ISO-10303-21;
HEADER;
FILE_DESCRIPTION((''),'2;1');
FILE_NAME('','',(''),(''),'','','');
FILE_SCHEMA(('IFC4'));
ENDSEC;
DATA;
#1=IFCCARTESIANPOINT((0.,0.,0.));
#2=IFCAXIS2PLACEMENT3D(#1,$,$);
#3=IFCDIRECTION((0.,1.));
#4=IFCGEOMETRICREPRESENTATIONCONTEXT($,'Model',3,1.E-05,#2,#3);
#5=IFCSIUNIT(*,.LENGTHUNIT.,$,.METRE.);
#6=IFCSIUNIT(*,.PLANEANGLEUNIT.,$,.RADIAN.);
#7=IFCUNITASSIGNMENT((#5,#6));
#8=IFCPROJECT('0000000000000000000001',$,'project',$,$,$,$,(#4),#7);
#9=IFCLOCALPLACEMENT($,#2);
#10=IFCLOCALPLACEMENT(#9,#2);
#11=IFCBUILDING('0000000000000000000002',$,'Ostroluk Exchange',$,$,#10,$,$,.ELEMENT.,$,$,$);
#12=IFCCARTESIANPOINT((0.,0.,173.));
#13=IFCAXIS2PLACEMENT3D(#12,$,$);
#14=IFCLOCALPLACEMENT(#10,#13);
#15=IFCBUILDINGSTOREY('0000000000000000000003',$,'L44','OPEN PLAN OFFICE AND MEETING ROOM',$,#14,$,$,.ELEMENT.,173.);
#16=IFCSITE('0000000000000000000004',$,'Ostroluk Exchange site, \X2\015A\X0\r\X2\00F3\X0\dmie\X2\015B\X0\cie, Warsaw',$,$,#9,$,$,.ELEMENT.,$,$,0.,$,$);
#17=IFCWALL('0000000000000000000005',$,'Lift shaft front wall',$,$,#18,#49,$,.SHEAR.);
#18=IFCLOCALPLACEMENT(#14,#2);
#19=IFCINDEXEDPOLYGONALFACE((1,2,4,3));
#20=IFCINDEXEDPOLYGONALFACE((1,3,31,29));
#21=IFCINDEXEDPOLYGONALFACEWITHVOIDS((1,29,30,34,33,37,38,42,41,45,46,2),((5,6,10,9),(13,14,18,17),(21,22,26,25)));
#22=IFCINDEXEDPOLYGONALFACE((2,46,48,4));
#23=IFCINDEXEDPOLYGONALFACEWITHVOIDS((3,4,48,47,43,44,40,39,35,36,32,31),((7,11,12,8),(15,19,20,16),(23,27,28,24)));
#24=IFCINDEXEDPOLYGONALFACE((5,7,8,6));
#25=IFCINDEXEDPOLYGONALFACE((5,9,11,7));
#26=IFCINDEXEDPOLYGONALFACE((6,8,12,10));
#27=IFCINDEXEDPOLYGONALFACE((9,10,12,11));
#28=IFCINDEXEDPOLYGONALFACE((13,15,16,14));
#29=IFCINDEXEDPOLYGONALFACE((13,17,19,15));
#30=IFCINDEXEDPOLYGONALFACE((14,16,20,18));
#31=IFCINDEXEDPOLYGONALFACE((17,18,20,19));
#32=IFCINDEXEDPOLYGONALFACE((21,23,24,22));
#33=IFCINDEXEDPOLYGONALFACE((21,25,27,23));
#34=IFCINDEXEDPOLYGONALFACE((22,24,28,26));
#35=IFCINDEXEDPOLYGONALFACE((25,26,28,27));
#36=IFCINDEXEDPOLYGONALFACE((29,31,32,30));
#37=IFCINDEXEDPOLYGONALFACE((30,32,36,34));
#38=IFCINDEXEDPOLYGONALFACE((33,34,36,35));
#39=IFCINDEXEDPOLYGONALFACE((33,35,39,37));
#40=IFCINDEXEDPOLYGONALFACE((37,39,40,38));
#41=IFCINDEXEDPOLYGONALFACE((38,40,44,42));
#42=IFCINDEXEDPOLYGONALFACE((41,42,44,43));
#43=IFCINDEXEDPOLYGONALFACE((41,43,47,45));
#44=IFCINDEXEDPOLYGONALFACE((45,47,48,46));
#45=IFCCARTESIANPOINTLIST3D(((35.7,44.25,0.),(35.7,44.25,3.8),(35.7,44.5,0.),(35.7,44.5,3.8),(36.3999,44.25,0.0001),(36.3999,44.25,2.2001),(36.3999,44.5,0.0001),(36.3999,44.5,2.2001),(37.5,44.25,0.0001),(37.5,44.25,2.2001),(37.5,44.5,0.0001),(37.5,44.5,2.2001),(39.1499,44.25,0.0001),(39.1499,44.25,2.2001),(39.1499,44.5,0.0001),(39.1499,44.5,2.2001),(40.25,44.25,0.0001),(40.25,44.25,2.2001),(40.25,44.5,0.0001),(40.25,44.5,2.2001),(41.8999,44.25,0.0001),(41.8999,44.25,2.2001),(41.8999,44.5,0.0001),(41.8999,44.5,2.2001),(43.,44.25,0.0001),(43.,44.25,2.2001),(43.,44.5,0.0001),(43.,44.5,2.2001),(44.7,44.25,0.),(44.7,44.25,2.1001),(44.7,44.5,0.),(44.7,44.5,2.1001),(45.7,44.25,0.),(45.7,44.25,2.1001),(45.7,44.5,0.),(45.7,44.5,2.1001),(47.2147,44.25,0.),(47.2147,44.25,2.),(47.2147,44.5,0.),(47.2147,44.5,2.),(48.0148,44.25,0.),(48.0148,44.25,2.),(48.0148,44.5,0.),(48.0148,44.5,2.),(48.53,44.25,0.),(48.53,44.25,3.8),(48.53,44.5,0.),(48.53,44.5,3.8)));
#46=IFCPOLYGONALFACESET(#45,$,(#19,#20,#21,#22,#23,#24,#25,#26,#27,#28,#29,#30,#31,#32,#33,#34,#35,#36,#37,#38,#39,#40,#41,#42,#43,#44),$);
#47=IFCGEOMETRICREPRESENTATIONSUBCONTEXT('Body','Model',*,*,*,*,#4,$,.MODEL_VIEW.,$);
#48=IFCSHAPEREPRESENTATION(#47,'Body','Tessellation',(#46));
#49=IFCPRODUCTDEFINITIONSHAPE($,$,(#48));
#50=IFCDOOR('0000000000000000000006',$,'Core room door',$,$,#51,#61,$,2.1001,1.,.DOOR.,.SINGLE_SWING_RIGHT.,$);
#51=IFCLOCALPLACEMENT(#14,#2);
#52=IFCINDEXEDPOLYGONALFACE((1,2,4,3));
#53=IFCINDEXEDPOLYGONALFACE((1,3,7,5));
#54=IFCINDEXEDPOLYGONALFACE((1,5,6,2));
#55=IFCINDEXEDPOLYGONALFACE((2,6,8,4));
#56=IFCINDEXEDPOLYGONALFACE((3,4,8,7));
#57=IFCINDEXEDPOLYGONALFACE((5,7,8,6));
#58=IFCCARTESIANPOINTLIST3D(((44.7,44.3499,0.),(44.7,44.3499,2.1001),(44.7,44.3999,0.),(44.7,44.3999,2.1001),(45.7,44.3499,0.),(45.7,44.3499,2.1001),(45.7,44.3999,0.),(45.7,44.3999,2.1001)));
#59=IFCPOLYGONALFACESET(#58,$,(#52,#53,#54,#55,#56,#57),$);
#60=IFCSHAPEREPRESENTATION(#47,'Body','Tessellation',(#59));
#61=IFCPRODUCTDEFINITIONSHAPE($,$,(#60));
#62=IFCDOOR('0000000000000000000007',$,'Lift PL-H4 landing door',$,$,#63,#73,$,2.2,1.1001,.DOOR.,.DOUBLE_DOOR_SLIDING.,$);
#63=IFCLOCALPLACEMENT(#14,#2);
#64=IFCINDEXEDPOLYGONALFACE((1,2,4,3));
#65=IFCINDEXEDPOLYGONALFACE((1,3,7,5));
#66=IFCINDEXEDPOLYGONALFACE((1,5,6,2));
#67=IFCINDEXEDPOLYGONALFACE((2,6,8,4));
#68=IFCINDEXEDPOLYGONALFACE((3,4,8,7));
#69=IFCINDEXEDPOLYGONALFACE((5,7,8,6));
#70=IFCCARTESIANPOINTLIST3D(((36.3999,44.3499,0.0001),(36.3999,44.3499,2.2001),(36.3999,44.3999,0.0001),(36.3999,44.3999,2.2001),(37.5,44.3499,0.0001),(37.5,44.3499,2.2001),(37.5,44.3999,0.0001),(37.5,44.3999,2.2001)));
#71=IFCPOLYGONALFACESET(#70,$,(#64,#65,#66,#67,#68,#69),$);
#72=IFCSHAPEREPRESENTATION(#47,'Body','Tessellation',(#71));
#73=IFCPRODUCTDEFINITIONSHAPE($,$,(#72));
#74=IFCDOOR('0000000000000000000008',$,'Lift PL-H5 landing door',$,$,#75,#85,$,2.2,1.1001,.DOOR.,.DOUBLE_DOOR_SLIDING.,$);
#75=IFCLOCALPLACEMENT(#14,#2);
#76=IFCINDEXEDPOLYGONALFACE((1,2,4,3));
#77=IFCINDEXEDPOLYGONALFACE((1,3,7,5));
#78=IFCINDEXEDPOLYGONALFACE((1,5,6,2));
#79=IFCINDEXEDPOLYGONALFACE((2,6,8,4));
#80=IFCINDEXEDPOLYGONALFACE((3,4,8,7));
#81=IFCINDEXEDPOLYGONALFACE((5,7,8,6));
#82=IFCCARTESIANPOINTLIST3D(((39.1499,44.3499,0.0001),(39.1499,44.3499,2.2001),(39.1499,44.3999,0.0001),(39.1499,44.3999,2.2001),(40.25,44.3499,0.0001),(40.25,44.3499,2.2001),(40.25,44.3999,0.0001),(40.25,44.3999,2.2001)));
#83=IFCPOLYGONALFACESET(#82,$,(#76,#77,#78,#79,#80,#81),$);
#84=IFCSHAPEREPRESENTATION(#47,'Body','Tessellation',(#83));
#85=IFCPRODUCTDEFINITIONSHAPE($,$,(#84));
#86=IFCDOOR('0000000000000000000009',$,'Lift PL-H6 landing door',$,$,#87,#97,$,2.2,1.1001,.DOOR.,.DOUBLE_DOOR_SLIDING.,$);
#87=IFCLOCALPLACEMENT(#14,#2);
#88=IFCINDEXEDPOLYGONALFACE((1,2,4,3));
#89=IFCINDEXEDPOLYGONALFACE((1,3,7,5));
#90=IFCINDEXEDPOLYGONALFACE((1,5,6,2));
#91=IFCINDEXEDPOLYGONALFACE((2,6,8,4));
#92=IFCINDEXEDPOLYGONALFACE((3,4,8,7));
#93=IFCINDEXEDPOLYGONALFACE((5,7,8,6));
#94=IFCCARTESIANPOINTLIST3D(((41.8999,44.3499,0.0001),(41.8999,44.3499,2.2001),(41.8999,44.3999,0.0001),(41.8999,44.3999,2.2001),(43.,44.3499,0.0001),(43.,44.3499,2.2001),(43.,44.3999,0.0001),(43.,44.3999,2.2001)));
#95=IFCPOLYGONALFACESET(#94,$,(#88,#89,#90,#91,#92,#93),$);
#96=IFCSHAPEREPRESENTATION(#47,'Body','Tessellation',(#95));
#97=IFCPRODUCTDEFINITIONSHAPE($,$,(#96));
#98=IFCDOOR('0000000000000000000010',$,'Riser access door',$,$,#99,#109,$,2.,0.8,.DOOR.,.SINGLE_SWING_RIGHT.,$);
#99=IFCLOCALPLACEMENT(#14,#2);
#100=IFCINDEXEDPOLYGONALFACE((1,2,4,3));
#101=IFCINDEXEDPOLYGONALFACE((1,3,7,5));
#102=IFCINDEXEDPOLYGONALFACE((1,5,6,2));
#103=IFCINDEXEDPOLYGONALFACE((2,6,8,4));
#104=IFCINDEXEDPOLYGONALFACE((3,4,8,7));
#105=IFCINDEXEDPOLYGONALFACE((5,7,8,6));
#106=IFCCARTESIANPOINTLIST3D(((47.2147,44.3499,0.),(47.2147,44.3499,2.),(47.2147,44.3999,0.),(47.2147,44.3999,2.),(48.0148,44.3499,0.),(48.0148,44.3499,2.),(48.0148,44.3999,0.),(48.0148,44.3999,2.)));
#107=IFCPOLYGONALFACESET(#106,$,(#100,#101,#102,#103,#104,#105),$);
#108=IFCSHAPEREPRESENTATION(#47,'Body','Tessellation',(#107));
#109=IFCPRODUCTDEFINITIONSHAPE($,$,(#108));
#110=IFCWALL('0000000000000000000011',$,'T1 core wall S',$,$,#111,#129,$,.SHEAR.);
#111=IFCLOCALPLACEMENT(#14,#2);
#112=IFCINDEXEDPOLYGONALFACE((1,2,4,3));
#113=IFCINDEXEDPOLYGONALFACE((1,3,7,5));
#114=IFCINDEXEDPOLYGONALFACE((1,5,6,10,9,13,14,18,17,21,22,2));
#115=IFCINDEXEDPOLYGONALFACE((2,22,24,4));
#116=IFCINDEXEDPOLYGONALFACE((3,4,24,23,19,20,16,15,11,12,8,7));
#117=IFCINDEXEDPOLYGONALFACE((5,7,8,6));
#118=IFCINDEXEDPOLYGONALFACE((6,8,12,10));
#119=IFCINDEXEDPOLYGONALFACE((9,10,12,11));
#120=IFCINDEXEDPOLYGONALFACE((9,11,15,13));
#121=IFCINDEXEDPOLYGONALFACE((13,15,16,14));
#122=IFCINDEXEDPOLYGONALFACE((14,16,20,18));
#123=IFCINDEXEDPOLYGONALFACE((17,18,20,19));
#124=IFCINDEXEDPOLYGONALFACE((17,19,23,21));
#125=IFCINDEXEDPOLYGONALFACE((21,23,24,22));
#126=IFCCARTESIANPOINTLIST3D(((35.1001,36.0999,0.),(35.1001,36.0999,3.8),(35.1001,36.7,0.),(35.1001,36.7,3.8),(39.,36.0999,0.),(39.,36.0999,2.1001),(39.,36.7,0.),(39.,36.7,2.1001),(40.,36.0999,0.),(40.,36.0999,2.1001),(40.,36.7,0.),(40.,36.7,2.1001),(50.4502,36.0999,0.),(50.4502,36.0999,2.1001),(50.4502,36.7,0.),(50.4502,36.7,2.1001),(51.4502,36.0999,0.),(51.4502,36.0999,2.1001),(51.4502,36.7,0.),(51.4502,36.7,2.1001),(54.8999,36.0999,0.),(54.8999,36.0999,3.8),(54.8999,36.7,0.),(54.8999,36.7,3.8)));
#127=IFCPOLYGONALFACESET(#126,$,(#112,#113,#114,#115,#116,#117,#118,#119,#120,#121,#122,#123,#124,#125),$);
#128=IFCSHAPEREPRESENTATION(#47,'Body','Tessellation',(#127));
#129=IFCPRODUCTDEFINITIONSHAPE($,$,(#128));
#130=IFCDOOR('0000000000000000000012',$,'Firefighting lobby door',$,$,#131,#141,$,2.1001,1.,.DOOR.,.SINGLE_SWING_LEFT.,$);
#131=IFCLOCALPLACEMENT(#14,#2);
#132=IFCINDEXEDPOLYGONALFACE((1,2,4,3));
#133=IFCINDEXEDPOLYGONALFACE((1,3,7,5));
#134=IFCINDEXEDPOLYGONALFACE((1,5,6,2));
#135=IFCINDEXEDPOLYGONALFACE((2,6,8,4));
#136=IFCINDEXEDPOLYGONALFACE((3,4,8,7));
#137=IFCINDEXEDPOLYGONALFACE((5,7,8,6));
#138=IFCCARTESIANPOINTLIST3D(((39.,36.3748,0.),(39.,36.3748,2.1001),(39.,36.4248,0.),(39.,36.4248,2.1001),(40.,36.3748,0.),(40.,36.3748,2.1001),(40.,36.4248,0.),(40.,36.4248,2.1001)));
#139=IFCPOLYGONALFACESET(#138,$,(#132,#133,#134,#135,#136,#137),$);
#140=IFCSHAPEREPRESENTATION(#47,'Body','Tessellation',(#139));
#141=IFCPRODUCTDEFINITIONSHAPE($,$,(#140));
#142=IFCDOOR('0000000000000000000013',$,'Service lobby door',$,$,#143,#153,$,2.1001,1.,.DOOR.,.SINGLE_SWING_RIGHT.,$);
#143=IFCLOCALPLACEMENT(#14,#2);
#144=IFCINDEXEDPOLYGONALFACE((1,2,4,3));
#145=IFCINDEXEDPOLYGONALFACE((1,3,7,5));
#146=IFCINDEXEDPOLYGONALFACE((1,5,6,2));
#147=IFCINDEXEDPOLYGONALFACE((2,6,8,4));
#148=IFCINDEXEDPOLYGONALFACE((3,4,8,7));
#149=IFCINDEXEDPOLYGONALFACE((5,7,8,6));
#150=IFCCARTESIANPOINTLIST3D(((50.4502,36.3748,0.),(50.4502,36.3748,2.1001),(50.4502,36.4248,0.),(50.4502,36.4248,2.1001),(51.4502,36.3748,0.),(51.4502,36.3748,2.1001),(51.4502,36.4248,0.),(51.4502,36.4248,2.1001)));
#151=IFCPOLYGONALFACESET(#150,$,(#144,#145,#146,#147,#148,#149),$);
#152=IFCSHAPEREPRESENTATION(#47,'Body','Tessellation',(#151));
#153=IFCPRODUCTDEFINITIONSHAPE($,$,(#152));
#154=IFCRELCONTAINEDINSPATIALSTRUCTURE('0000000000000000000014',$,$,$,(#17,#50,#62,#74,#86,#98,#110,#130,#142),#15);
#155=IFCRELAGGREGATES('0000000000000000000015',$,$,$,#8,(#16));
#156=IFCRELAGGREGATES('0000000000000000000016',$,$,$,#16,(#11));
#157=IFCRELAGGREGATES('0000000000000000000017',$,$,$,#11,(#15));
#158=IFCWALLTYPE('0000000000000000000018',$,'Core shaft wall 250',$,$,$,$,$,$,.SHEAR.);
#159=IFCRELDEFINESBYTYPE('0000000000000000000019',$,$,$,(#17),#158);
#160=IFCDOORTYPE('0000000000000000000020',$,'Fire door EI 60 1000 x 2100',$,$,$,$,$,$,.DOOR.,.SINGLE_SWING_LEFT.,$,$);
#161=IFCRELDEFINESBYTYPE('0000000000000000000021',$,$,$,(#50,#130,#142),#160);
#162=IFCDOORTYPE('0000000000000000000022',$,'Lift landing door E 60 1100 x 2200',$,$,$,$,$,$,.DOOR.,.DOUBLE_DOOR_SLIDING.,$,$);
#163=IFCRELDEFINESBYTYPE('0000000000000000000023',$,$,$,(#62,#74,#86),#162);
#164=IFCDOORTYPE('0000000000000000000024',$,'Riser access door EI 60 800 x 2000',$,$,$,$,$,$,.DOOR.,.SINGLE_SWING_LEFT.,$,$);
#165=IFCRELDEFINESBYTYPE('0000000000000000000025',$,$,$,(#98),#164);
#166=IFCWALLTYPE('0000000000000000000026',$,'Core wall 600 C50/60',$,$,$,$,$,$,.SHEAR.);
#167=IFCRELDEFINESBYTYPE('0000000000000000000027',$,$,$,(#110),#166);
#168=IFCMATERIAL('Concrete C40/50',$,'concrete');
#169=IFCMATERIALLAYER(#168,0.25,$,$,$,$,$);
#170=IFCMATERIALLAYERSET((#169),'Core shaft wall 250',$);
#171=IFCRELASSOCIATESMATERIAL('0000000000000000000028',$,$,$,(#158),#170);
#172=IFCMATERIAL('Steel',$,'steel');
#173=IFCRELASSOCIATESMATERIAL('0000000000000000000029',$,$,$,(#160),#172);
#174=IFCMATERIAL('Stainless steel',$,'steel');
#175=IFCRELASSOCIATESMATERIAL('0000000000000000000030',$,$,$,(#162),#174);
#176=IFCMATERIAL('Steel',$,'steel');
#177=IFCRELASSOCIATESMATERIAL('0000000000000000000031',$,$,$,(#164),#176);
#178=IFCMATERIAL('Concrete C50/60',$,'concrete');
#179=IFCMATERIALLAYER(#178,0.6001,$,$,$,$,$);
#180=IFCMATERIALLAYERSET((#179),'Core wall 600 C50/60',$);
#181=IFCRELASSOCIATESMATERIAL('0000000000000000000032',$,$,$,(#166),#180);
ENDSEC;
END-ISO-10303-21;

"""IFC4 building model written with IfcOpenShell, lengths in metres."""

from ifc_helpers import new_model, si_unit, direction, frame, frame_2d, origin, place, context, subcontext, project, spatial, rectangle, extrude, material, layer, layer_set, type_object, element, fill, save


model = new_model("IFC4")

# Units and contexts
model_context = context("Model", 3, precision=1e-05, world=origin(), true_north=direction((0.0, 1.0)))
body_context = subcontext(model_context, "Body", "Model", "MODEL_VIEW")
ifc_project = project(units=[si_unit("LENGTHUNIT", "METRE"), si_unit("PLANEANGLEUNIT", "RADIAN")], contexts=[model_context])

# Site, building, storey
site_placement = place(None, origin())
site = spatial("IfcSite", under=ifc_project, at=site_placement, Name="Ostroluk Exchange site, Śródmieście, Warsaw", CompositionType="ELEMENT", RefElevation=0.0)
building_placement = place(site_placement, origin())
building = spatial("IfcBuilding", under=site, at=building_placement, Name="Ostroluk Exchange", CompositionType="ELEMENT")
storey_placement = place(building_placement, frame((0.0, 0.0, 173.0)))
storey = spatial("IfcBuildingStorey", under=building, at=storey_placement, Name="L44", Description="OPEN PLAN OFFICE AND MEETING ROOM", CompositionType="ELEMENT", Elevation=173.0)

# Shared definitions
ifc_material_1 = material(Name="Concrete C40/50", Category="concrete")
ifc_layer_1 = layer(ifc_material_1, 0.25)
ifc_layer_set_1 = layer_set([ifc_layer_1], Name="Core shaft wall 250")
wall_type_1 = type_object("IfcWallType", Name="Core shaft wall 250", PredefinedType="SHEAR", material=ifc_layer_set_1)

# Walls, openings, doors
wall_1_placement = place(storey_placement, frame((35.7, 44.375, 0.0), z_axis=(0.0, 0.0, 1.0), x_axis=(1.0, 0.0, 0.0)))
wall_1 = element("IfcWall", 1, at=wall_1_placement, inside=storey, type_object=wall_type_1, Name="Lift shaft front wall", PredefinedType="SHEAR", context=body_context, shape_type="SweptSolid", body=[
    extrude(rectangle(XDim=12.8301, YDim=0.25, at=frame_2d((6.415, 0.0))), origin(), (0.0, 0.0, 1.0), 3.8),
])
opening_1_placement = place(wall_1_placement, frame((0.7, 0.0, 0.0)))
opening_1 = element("IfcOpeningElement", 2, at=opening_1_placement, cuts=wall_1, PredefinedType="OPENING", context=body_context, shape_type="SweptSolid", body=[
    extrude(rectangle(XDim=1.1001, YDim=2.2, at=frame_2d((0.55, 1.1001))), frame((0.0, 0.135, 0.0), z_axis=(0.0, -1.0, 0.0), x_axis=(1.0, 0.0, 0.0)), (0.0, 0.0, 1.0), 0.27),
])
opening_2_placement = place(wall_1_placement, frame((3.45, 0.0, 0.0)))
opening_2 = element("IfcOpeningElement", 3, at=opening_2_placement, cuts=wall_1, PredefinedType="OPENING", context=body_context, shape_type="SweptSolid", body=[
    extrude(rectangle(XDim=1.1001, YDim=2.2, at=frame_2d((0.55, 1.1001))), frame((0.0, 0.135, 0.0), z_axis=(0.0, -1.0, 0.0), x_axis=(1.0, 0.0, 0.0)), (0.0, 0.0, 1.0), 0.27),
])
opening_3_placement = place(wall_1_placement, frame((6.2, 0.0, 0.0)))
opening_3 = element("IfcOpeningElement", 4, at=opening_3_placement, cuts=wall_1, PredefinedType="OPENING", context=body_context, shape_type="SweptSolid", body=[
    extrude(rectangle(XDim=1.1001, YDim=2.2, at=frame_2d((0.55, 1.1001))), frame((0.0, 0.135, 0.0), z_axis=(0.0, -1.0, 0.0), x_axis=(1.0, 0.0, 0.0)), (0.0, 0.0, 1.0), 0.27),
])
opening_4_placement = place(wall_1_placement, frame((9.0, 0.0, 0.0)))
opening_4 = element("IfcOpeningElement", 5, at=opening_4_placement, cuts=wall_1, PredefinedType="OPENING", context=body_context, shape_type="SweptSolid", body=[
    extrude(rectangle(XDim=1.0, YDim=2.1001, at=frame_2d((0.5, 1.05))), frame((0.0, 0.135, 0.0), z_axis=(0.0, -1.0, 0.0), x_axis=(1.0, 0.0, 0.0)), (0.0, 0.0, 1.0), 0.27),
])
opening_5_placement = place(wall_1_placement, frame((11.5149, 0.0, 0.0)))
opening_5 = element("IfcOpeningElement", 6, at=opening_5_placement, cuts=wall_1, PredefinedType="OPENING", context=body_context, shape_type="SweptSolid", body=[
    extrude(rectangle(XDim=0.8, YDim=2.0, at=frame_2d((0.3999, 1.0))), frame((0.0, 0.135, 0.0), z_axis=(0.0, -1.0, 0.0), x_axis=(1.0, 0.0, 0.0)), (0.0, 0.0, 1.0), 0.27),
])
ifc_material_2 = material(Name="Steel", Category="steel")
door_type_1 = type_object("IfcDoorType", Name="Fire door EI 60 1000 x 2100", OperationType="SINGLE_SWING_LEFT", PredefinedType="DOOR", material=ifc_material_2)
door_1_placement = place(opening_4_placement, origin())
door_1 = element("IfcDoor", 7, at=door_1_placement, inside=storey, type_object=door_type_1, Name="Core room door", OperationType="SINGLE_SWING_RIGHT", OverallHeight=2.1001, OverallWidth=1.0, PredefinedType="DOOR", context=body_context, shape_type="SweptSolid", body=[
    extrude(rectangle(XDim=1.0, YDim=2.1001, at=frame_2d((0.5, 1.05))), frame((0.0, 0.0249, 0.0), z_axis=(0.0, -1.0, 0.0), x_axis=(1.0, 0.0, 0.0)), (0.0, 0.0, 1.0), 0.05),
])
fill(opening_4, door_1)
ifc_material_3 = material(Name="Stainless steel", Category="steel")
door_type_2 = type_object("IfcDoorType", Name="Lift landing door E 60 1100 x 2200", OperationType="DOUBLE_DOOR_SLIDING", PredefinedType="DOOR", material=ifc_material_3)
door_2_placement = place(opening_1_placement, origin())
door_2 = element("IfcDoor", 8, at=door_2_placement, inside=storey, type_object=door_type_2, Name="Lift PL-H4 landing door", OperationType="DOUBLE_DOOR_SLIDING", OverallHeight=2.2, OverallWidth=1.1001, PredefinedType="DOOR", context=body_context, shape_type="SweptSolid", body=[
    extrude(rectangle(XDim=1.1001, YDim=2.2, at=frame_2d((0.55, 1.1001))), frame((0.0, 0.0249, 0.0), z_axis=(0.0, -1.0, 0.0), x_axis=(1.0, 0.0, 0.0)), (0.0, 0.0, 1.0), 0.05),
])
fill(opening_1, door_2)
door_3_placement = place(opening_2_placement, origin())
door_3 = element("IfcDoor", 9, at=door_3_placement, inside=storey, type_object=door_type_2, Name="Lift PL-H5 landing door", OperationType="DOUBLE_DOOR_SLIDING", OverallHeight=2.2, OverallWidth=1.1001, PredefinedType="DOOR", context=body_context, shape_type="SweptSolid", body=[
    extrude(rectangle(XDim=1.1001, YDim=2.2, at=frame_2d((0.55, 1.1001))), frame((0.0, 0.0249, 0.0), z_axis=(0.0, -1.0, 0.0), x_axis=(1.0, 0.0, 0.0)), (0.0, 0.0, 1.0), 0.05),
])
fill(opening_2, door_3)
door_4_placement = place(opening_3_placement, origin())
door_4 = element("IfcDoor", 10, at=door_4_placement, inside=storey, type_object=door_type_2, Name="Lift PL-H6 landing door", OperationType="DOUBLE_DOOR_SLIDING", OverallHeight=2.2, OverallWidth=1.1001, PredefinedType="DOOR", context=body_context, shape_type="SweptSolid", body=[
    extrude(rectangle(XDim=1.1001, YDim=2.2, at=frame_2d((0.55, 1.1001))), frame((0.0, 0.0249, 0.0), z_axis=(0.0, -1.0, 0.0), x_axis=(1.0, 0.0, 0.0)), (0.0, 0.0, 1.0), 0.05),
])
fill(opening_3, door_4)
ifc_material_4 = material(Name="Steel", Category="steel")
door_type_3 = type_object("IfcDoorType", Name="Riser access door EI 60 800 x 2000", OperationType="SINGLE_SWING_LEFT", PredefinedType="DOOR", material=ifc_material_4)
door_5_placement = place(opening_5_placement, origin())
door_5 = element("IfcDoor", 11, at=door_5_placement, inside=storey, type_object=door_type_3, Name="Riser access door", OperationType="SINGLE_SWING_RIGHT", OverallHeight=2.0, OverallWidth=0.8, PredefinedType="DOOR", context=body_context, shape_type="SweptSolid", body=[
    extrude(rectangle(XDim=0.8, YDim=2.0, at=frame_2d((0.3999, 1.0))), frame((0.0, 0.0249, 0.0), z_axis=(0.0, -1.0, 0.0), x_axis=(1.0, 0.0, 0.0)), (0.0, 0.0, 1.0), 0.05),
])
fill(opening_5, door_5)
ifc_material_5 = material(Name="Concrete C50/60", Category="concrete")
ifc_layer_2 = layer(ifc_material_5, 0.6001)
ifc_layer_set_2 = layer_set([ifc_layer_2], Name="Core wall 600 C50/60")
wall_type_2 = type_object("IfcWallType", Name="Core wall 600 C50/60", PredefinedType="SHEAR", material=ifc_layer_set_2)
wall_2_placement = place(storey_placement, frame((35.1001, 36.3999, 0.0), z_axis=(0.0, 0.0, 1.0), x_axis=(1.0, 0.0, 0.0)))
wall_2 = element("IfcWall", 12, at=wall_2_placement, inside=storey, type_object=wall_type_2, Name="T1 core wall S", PredefinedType="SHEAR", context=body_context, shape_type="SweptSolid", body=[
    extrude(rectangle(XDim=19.7998, YDim=0.6001, at=frame_2d((9.8999, 0.0))), origin(), (0.0, 0.0, 1.0), 3.8),
])
opening_6_placement = place(wall_2_placement, frame((3.8999, 0.0, 0.0)))
opening_6 = element("IfcOpeningElement", 13, at=opening_6_placement, cuts=wall_2, PredefinedType="OPENING", context=body_context, shape_type="SweptSolid", body=[
    extrude(rectangle(XDim=1.0, YDim=2.1001, at=frame_2d((0.5, 1.05))), frame((0.0, 0.3101, 0.0), z_axis=(0.0, -1.0, 0.0), x_axis=(1.0, 0.0, 0.0)), (0.0, 0.0, 1.0), 0.6201),
])
opening_7_placement = place(wall_2_placement, frame((15.3501, 0.0, 0.0)))
opening_7 = element("IfcOpeningElement", 14, at=opening_7_placement, cuts=wall_2, PredefinedType="OPENING", context=body_context, shape_type="SweptSolid", body=[
    extrude(rectangle(XDim=1.0, YDim=2.1001, at=frame_2d((0.5, 1.05))), frame((0.0, 0.3101, 0.0), z_axis=(0.0, -1.0, 0.0), x_axis=(1.0, 0.0, 0.0)), (0.0, 0.0, 1.0), 0.6201),
])
door_6_placement = place(opening_6_placement, origin())
door_6 = element("IfcDoor", 15, at=door_6_placement, inside=storey, type_object=door_type_1, Name="Firefighting lobby door", OperationType="SINGLE_SWING_LEFT", OverallHeight=2.1001, OverallWidth=1.0, PredefinedType="DOOR", context=body_context, shape_type="SweptSolid", body=[
    extrude(rectangle(XDim=1.0, YDim=2.1001, at=frame_2d((0.5, 1.05))), frame((0.0, 0.0249, 0.0), z_axis=(0.0, -1.0, 0.0), x_axis=(1.0, 0.0, 0.0)), (0.0, 0.0, 1.0), 0.05),
])
fill(opening_6, door_6)
door_7_placement = place(opening_7_placement, origin())
door_7 = element("IfcDoor", 16, at=door_7_placement, inside=storey, type_object=door_type_1, Name="Service lobby door", OperationType="SINGLE_SWING_RIGHT", OverallHeight=2.1001, OverallWidth=1.0, PredefinedType="DOOR", context=body_context, shape_type="SweptSolid", body=[
    extrude(rectangle(XDim=1.0, YDim=2.1001, at=frame_2d((0.5, 1.05))), frame((0.0, 0.0249, 0.0), z_axis=(0.0, -1.0, 0.0), x_axis=(1.0, 0.0, 0.0)), (0.0, 0.0, 1.0), 0.05),
])
fill(opening_7, door_7)

save(model, "model.ifc")
